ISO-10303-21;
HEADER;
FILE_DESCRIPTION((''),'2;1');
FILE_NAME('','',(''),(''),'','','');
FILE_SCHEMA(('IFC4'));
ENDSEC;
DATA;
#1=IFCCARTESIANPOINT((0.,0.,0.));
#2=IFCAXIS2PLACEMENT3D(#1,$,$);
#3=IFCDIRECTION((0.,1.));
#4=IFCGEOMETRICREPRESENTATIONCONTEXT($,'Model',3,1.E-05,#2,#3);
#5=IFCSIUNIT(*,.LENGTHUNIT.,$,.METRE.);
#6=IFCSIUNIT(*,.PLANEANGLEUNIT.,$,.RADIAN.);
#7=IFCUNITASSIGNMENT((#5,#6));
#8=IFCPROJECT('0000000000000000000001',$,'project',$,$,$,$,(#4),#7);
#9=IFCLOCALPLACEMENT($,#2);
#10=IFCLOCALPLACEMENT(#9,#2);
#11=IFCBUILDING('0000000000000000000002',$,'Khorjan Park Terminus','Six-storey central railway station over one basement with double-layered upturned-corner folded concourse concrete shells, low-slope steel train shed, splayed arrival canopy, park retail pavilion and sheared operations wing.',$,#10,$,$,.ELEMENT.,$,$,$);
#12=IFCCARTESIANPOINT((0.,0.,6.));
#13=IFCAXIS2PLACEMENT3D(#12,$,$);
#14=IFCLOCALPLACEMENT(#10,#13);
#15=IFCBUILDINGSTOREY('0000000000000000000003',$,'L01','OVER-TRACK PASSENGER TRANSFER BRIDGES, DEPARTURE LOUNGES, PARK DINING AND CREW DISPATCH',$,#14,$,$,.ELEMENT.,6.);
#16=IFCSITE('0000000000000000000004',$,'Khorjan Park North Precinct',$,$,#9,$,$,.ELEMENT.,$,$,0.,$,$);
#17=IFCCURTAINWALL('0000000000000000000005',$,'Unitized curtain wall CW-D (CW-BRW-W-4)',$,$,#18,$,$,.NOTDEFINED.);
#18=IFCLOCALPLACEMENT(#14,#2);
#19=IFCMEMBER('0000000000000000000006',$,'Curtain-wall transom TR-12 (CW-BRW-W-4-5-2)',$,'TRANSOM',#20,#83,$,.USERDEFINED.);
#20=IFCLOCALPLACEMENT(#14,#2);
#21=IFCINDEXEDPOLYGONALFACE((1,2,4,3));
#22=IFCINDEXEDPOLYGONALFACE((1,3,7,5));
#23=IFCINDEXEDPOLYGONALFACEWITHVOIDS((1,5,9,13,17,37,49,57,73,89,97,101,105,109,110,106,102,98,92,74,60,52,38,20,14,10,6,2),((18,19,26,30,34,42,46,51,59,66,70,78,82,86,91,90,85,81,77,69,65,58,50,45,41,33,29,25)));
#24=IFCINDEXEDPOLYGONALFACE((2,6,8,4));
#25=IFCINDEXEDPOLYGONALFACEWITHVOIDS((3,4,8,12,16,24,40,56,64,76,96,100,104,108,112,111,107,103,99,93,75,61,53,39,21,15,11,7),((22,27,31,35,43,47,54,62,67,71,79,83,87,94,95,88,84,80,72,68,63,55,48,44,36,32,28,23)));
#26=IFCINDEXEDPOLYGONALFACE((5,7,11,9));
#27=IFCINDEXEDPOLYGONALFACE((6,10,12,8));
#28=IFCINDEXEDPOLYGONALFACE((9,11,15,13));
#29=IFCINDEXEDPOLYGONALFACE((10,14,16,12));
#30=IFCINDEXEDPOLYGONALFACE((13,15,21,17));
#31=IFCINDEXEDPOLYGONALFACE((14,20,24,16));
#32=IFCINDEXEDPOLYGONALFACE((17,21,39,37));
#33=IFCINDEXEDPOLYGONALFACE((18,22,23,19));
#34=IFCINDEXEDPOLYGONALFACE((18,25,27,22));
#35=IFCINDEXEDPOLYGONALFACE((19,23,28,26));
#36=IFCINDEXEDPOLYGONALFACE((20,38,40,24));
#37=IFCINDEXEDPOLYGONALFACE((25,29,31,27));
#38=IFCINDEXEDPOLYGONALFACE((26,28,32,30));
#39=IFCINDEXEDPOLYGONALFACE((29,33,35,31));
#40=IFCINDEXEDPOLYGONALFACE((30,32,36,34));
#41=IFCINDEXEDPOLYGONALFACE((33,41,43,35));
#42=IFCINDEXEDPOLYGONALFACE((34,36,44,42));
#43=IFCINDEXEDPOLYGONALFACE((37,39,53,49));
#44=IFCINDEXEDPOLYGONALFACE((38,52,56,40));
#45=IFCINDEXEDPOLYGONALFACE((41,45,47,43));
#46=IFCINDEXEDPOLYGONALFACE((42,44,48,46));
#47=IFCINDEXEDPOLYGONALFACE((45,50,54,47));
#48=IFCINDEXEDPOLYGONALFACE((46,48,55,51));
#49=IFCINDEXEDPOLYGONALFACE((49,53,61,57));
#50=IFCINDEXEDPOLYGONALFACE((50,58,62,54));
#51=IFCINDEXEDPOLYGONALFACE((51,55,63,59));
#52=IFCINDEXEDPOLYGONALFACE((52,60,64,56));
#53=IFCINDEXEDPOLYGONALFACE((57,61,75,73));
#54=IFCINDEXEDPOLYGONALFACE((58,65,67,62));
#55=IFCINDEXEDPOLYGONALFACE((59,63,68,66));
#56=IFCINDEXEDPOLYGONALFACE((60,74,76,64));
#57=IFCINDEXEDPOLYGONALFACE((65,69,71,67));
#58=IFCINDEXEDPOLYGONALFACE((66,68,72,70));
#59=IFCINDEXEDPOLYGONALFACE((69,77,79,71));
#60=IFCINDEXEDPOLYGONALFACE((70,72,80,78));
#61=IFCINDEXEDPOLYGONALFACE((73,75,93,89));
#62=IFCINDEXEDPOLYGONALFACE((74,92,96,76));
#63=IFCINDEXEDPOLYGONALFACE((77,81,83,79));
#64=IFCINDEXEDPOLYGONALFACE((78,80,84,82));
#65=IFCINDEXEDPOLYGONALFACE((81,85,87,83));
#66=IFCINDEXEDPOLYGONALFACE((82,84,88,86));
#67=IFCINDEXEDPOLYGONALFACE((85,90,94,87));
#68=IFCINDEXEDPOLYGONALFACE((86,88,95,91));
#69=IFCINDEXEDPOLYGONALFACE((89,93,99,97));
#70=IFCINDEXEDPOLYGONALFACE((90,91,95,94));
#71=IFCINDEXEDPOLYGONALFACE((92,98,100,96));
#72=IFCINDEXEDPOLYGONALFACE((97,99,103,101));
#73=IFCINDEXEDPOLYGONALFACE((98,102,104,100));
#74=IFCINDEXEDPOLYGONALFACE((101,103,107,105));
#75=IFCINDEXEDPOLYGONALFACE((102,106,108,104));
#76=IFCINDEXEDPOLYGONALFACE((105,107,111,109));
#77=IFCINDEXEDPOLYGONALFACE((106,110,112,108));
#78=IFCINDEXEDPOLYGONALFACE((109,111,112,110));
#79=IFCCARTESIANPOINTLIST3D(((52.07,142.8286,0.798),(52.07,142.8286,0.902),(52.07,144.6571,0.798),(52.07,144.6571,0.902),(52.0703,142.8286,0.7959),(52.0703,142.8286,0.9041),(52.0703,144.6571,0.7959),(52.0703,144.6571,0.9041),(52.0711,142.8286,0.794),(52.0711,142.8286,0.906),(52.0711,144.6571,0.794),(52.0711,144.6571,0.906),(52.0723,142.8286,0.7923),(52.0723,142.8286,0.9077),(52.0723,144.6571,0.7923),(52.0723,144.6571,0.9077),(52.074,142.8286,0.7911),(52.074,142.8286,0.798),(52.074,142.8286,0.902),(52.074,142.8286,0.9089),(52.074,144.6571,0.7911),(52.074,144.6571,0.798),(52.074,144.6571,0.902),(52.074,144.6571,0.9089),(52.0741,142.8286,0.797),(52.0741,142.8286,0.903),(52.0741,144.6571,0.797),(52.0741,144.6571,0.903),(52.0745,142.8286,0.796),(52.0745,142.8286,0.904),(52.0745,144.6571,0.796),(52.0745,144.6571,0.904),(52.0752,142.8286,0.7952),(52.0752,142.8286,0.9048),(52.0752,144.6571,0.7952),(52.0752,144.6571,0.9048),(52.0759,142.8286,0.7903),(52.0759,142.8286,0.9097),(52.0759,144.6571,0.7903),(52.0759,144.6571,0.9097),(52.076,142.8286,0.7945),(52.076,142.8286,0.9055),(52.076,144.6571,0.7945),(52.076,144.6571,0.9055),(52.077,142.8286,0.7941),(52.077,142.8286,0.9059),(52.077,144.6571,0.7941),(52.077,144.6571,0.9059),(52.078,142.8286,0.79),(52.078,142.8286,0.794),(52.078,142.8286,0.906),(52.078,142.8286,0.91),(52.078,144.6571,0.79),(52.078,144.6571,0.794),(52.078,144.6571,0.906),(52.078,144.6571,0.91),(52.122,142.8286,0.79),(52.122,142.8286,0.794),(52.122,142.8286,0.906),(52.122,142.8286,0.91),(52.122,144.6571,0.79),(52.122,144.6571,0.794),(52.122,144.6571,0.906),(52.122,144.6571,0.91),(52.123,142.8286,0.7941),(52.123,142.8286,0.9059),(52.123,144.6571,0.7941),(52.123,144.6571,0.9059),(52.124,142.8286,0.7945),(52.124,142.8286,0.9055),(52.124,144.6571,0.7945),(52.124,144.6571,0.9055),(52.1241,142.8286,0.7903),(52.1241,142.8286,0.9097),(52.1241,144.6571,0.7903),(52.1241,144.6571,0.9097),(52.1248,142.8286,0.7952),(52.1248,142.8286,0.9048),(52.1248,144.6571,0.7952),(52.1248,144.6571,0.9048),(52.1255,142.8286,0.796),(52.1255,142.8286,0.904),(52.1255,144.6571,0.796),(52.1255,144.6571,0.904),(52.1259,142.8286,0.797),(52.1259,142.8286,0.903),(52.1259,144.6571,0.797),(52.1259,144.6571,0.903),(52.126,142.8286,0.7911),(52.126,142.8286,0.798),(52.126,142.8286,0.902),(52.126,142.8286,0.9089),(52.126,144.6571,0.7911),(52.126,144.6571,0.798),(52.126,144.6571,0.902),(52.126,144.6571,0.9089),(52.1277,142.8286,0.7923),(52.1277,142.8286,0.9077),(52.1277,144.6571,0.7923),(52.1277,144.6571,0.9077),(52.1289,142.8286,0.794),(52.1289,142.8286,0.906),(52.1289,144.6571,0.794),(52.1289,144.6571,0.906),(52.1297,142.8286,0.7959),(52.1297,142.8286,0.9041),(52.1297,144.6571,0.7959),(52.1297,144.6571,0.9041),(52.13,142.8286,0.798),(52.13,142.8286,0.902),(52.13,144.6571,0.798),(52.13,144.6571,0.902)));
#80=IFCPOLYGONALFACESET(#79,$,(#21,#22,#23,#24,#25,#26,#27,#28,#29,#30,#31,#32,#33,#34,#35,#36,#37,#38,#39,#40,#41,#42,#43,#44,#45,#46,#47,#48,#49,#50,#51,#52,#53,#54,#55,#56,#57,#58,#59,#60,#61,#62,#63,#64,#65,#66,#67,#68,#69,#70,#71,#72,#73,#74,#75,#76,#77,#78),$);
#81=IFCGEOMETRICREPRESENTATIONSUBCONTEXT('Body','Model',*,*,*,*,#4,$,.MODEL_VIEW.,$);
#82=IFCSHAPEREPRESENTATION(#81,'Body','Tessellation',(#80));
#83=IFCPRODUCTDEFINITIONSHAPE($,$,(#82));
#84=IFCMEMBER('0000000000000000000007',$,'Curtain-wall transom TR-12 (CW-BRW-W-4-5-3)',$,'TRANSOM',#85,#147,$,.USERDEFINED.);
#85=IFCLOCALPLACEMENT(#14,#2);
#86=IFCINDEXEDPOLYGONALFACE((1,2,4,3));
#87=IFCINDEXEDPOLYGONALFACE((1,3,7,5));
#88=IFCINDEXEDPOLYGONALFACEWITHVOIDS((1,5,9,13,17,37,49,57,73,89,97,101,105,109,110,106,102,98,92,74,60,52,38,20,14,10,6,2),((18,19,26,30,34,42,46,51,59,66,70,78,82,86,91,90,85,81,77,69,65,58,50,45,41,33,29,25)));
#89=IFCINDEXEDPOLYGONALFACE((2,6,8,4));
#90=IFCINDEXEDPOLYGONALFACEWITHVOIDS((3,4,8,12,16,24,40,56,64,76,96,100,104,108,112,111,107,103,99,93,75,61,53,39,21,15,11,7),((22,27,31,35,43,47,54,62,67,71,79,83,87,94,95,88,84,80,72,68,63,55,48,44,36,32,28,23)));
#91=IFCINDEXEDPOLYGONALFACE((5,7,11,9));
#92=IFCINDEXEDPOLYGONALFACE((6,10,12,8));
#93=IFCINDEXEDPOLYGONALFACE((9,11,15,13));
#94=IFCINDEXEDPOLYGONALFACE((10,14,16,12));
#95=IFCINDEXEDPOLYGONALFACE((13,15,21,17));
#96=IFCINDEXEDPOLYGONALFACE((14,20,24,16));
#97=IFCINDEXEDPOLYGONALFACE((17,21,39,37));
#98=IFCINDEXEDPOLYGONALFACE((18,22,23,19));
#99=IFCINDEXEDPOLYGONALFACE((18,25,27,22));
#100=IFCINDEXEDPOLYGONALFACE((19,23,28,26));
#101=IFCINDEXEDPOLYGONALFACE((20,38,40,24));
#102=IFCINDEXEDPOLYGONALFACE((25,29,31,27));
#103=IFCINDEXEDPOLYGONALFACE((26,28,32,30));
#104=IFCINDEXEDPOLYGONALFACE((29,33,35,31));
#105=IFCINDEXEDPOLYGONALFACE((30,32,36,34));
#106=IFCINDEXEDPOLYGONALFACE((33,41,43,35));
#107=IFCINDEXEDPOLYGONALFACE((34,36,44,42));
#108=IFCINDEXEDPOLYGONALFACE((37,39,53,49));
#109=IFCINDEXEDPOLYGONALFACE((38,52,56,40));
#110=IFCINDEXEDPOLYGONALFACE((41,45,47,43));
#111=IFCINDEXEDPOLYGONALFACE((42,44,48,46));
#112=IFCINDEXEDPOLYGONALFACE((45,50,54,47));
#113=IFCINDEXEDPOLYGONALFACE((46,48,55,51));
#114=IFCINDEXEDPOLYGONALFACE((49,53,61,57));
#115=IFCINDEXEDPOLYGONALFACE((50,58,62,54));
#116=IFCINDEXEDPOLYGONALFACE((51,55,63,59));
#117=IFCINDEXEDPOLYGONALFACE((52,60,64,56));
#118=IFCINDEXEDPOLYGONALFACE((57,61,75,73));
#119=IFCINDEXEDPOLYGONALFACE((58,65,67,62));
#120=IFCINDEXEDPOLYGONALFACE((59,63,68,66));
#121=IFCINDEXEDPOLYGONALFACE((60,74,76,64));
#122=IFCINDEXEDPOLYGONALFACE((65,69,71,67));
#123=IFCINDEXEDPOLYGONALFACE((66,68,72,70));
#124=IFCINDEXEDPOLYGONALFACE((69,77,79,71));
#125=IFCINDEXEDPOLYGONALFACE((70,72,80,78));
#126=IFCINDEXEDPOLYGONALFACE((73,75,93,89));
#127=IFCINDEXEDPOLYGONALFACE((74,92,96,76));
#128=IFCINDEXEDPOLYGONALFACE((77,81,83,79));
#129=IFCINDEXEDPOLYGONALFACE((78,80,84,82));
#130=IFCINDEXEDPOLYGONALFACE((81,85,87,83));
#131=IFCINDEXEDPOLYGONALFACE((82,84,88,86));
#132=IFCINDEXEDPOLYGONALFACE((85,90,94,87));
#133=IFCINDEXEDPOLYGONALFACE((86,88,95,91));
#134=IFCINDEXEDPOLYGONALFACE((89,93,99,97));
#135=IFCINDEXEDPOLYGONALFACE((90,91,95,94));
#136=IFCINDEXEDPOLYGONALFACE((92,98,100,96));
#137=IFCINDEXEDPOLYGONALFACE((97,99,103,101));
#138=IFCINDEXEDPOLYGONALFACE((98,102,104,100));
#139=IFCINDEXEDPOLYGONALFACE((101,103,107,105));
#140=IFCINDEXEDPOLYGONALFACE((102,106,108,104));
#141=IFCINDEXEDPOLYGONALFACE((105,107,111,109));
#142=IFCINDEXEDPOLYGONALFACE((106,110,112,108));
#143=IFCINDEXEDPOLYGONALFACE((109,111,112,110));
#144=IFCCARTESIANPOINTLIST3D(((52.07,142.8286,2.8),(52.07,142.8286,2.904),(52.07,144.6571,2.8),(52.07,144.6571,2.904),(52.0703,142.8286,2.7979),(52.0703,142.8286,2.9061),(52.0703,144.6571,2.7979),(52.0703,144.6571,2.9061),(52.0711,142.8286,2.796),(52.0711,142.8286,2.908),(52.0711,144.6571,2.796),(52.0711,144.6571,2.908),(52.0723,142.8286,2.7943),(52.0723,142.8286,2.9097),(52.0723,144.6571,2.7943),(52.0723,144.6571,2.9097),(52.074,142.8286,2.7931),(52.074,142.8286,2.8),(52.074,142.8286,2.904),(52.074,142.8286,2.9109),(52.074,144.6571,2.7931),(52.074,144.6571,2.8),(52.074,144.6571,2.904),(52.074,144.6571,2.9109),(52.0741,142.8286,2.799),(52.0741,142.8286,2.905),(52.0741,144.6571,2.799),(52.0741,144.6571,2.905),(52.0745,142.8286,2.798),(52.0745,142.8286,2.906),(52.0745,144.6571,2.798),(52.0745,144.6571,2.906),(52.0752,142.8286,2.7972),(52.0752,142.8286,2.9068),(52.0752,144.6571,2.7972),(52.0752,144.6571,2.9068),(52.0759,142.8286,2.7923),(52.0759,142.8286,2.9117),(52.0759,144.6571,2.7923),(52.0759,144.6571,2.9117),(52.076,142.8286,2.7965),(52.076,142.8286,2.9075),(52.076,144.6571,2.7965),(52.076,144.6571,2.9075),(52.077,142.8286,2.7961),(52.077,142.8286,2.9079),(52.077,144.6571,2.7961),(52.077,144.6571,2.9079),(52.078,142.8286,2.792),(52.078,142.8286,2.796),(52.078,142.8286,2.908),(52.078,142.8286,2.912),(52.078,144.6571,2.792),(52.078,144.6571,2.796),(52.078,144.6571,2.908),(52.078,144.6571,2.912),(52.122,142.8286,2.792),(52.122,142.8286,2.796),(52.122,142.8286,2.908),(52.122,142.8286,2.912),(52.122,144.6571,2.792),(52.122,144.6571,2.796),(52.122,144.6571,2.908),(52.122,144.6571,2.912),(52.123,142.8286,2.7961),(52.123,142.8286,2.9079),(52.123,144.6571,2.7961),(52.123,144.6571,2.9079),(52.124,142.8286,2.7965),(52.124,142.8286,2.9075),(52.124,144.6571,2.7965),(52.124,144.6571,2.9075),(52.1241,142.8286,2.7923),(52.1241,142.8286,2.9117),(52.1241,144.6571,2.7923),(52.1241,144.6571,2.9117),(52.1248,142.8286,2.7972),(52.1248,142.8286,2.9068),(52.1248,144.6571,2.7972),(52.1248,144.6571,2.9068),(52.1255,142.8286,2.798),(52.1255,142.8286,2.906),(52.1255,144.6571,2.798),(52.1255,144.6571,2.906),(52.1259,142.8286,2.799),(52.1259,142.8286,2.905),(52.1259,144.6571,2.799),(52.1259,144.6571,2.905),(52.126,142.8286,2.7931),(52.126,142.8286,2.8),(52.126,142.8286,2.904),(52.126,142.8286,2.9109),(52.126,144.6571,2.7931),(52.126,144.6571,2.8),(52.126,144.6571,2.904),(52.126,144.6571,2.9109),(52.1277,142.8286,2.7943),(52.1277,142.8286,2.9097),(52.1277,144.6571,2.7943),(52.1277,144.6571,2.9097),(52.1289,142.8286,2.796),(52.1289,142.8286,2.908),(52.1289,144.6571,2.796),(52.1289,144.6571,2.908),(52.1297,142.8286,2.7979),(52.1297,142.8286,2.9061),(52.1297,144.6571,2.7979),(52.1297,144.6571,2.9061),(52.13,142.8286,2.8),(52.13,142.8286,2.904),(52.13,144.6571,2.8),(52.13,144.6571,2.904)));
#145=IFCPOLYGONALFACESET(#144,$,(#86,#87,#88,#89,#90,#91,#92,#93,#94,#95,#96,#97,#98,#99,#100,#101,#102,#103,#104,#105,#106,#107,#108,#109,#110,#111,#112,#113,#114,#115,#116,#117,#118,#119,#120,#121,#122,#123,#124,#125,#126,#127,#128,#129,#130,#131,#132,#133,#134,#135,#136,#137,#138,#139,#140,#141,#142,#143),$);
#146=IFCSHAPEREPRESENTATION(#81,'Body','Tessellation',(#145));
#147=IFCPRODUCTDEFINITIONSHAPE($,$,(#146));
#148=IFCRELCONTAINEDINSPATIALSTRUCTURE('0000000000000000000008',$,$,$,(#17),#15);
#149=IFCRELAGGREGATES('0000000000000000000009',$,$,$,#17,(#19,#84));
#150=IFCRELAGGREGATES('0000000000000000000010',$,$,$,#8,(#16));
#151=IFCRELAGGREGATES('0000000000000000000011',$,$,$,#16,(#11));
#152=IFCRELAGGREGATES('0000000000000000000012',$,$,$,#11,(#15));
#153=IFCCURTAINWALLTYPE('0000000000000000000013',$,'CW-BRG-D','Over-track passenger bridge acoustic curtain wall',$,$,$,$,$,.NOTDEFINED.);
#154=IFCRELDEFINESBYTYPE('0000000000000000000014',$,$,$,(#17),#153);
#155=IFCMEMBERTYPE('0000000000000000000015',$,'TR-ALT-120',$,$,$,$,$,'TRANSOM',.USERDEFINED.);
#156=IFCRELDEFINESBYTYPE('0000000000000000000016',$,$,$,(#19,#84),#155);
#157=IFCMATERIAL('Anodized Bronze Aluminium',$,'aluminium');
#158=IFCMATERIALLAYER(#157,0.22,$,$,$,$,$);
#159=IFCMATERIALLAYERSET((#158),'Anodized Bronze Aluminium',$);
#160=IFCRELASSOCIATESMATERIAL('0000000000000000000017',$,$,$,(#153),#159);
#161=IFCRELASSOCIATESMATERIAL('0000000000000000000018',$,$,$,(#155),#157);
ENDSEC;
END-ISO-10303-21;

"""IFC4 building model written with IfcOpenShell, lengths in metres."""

from ifc_helpers import new_model, si_unit, direction, frame, origin, origin_2d, place, context, subcontext, project, spatial, hollow_rectangle, extrude, material, layer, layer_set, material_profile, profile_set, type_object, element, aggregate, save


model = new_model("IFC4")

# Units and contexts
model_context = context("Model", 3, precision=1e-05, world=origin(), true_north=direction((0.0, 1.0)))
body_context = subcontext(model_context, "Body", "Model", "MODEL_VIEW")
ifc_project = project(units=[si_unit("LENGTHUNIT", "METRE"), si_unit("PLANEANGLEUNIT", "RADIAN")], contexts=[model_context])

# Site, building, storey
site_placement = place(None, origin())
site = spatial("IfcSite", under=ifc_project, at=site_placement, Name="Khorjan Park North Precinct", CompositionType="ELEMENT", RefElevation=0.0)
building_placement = place(site_placement, origin())
building = spatial("IfcBuilding", under=site, at=building_placement, Name="Khorjan Park Terminus", Description="Six-storey central railway station over one basement with double-layered upturned-corner folded concourse concrete shells, low-slope steel train shed, splayed arrival canopy, park retail pavilion and sheared operations wing.", CompositionType="ELEMENT")
storey_placement = place(building_placement, frame((0.0, 0.0, 6.0)))
storey = spatial("IfcBuildingStorey", under=building, at=storey_placement, Name="L01", Description="OVER-TRACK PASSENGER TRANSFER BRIDGES, DEPARTURE LOUNGES, PARK DINING AND CREW DISPATCH", CompositionType="ELEMENT", Elevation=6.0)

# Shared definitions
ifc_material_1 = material(Name="Anodized Bronze Aluminium", Category="aluminium")
ifc_layer_1 = layer(ifc_material_1, 0.22)
ifc_layer_set_1 = layer_set([ifc_layer_1], Name="Anodized Bronze Aluminium")
curtain_wall_type = type_object("IfcCurtainWallType", Name="CW-BRG-D", Description="Over-track passenger bridge acoustic curtain wall", PredefinedType="NOTDEFINED", material=ifc_layer_set_1)

# Curtain wall
curtain_wall_1_placement = place(storey_placement, origin())
curtain_wall_1 = element("IfcCurtainWall", 1, at=curtain_wall_1_placement, inside=storey, type_object=curtain_wall_type, Name="Unitized curtain wall CW-D (CW-BRW-W-4)", PredefinedType="NOTDEFINED")

# Members
ifc_material_profile_1 = material_profile(ifc_material_1, hollow_rectangle(XDim=0.06, YDim=0.12, WallThickness=0.004, InnerFilletRadius=0.004, OuterFilletRadius=0.008, at=origin_2d()), Name="ALT 60x120x4")
ifc_profile_set_1 = profile_set([ifc_material_profile_1], Name="Anodized Bronze Aluminium")
member_type_1 = type_object("IfcMemberType", Name="TR-ALT-120", ElementType="TRANSOM", PredefinedType="USERDEFINED", material=ifc_profile_set_1)
member_1_placement = place(storey_placement, frame((52.1, 144.6571, 0.85), z_axis=(0.0, -1.0, 0.0), x_axis=(1.0, 0.0, 0.0)))
member_1 = element("IfcMember", 2, at=member_1_placement, type_object=member_type_1, Name="Curtain-wall transom TR-12 (CW-BRW-W-4-5-2)", ObjectType="TRANSOM", PredefinedType="USERDEFINED", context=body_context, shape_type="SweptSolid", body=[
    extrude(hollow_rectangle(XDim=0.06, YDim=0.12, WallThickness=0.004, InnerFilletRadius=0.004, OuterFilletRadius=0.008, at=origin_2d()), origin(), (0.0, 0.0, 1.0), 1.8285),
])
member_2_placement = place(storey_placement, frame((52.1, 144.6571, 2.852), z_axis=(0.0, -1.0, 0.0), x_axis=(1.0, 0.0, 0.0)))
member_2 = element("IfcMember", 3, at=member_2_placement, type_object=member_type_1, Name="Curtain-wall transom TR-12 (CW-BRW-W-4-5-3)", ObjectType="TRANSOM", PredefinedType="USERDEFINED", context=body_context, shape_type="SweptSolid", body=[
    extrude(hollow_rectangle(XDim=0.06, YDim=0.12, WallThickness=0.004, InnerFilletRadius=0.004, OuterFilletRadius=0.008, at=origin_2d()), origin(), (0.0, 0.0, 1.0), 1.8285),
])

aggregate(curtain_wall_1, [member_1, member_2])

save(model, "model.ifc")
